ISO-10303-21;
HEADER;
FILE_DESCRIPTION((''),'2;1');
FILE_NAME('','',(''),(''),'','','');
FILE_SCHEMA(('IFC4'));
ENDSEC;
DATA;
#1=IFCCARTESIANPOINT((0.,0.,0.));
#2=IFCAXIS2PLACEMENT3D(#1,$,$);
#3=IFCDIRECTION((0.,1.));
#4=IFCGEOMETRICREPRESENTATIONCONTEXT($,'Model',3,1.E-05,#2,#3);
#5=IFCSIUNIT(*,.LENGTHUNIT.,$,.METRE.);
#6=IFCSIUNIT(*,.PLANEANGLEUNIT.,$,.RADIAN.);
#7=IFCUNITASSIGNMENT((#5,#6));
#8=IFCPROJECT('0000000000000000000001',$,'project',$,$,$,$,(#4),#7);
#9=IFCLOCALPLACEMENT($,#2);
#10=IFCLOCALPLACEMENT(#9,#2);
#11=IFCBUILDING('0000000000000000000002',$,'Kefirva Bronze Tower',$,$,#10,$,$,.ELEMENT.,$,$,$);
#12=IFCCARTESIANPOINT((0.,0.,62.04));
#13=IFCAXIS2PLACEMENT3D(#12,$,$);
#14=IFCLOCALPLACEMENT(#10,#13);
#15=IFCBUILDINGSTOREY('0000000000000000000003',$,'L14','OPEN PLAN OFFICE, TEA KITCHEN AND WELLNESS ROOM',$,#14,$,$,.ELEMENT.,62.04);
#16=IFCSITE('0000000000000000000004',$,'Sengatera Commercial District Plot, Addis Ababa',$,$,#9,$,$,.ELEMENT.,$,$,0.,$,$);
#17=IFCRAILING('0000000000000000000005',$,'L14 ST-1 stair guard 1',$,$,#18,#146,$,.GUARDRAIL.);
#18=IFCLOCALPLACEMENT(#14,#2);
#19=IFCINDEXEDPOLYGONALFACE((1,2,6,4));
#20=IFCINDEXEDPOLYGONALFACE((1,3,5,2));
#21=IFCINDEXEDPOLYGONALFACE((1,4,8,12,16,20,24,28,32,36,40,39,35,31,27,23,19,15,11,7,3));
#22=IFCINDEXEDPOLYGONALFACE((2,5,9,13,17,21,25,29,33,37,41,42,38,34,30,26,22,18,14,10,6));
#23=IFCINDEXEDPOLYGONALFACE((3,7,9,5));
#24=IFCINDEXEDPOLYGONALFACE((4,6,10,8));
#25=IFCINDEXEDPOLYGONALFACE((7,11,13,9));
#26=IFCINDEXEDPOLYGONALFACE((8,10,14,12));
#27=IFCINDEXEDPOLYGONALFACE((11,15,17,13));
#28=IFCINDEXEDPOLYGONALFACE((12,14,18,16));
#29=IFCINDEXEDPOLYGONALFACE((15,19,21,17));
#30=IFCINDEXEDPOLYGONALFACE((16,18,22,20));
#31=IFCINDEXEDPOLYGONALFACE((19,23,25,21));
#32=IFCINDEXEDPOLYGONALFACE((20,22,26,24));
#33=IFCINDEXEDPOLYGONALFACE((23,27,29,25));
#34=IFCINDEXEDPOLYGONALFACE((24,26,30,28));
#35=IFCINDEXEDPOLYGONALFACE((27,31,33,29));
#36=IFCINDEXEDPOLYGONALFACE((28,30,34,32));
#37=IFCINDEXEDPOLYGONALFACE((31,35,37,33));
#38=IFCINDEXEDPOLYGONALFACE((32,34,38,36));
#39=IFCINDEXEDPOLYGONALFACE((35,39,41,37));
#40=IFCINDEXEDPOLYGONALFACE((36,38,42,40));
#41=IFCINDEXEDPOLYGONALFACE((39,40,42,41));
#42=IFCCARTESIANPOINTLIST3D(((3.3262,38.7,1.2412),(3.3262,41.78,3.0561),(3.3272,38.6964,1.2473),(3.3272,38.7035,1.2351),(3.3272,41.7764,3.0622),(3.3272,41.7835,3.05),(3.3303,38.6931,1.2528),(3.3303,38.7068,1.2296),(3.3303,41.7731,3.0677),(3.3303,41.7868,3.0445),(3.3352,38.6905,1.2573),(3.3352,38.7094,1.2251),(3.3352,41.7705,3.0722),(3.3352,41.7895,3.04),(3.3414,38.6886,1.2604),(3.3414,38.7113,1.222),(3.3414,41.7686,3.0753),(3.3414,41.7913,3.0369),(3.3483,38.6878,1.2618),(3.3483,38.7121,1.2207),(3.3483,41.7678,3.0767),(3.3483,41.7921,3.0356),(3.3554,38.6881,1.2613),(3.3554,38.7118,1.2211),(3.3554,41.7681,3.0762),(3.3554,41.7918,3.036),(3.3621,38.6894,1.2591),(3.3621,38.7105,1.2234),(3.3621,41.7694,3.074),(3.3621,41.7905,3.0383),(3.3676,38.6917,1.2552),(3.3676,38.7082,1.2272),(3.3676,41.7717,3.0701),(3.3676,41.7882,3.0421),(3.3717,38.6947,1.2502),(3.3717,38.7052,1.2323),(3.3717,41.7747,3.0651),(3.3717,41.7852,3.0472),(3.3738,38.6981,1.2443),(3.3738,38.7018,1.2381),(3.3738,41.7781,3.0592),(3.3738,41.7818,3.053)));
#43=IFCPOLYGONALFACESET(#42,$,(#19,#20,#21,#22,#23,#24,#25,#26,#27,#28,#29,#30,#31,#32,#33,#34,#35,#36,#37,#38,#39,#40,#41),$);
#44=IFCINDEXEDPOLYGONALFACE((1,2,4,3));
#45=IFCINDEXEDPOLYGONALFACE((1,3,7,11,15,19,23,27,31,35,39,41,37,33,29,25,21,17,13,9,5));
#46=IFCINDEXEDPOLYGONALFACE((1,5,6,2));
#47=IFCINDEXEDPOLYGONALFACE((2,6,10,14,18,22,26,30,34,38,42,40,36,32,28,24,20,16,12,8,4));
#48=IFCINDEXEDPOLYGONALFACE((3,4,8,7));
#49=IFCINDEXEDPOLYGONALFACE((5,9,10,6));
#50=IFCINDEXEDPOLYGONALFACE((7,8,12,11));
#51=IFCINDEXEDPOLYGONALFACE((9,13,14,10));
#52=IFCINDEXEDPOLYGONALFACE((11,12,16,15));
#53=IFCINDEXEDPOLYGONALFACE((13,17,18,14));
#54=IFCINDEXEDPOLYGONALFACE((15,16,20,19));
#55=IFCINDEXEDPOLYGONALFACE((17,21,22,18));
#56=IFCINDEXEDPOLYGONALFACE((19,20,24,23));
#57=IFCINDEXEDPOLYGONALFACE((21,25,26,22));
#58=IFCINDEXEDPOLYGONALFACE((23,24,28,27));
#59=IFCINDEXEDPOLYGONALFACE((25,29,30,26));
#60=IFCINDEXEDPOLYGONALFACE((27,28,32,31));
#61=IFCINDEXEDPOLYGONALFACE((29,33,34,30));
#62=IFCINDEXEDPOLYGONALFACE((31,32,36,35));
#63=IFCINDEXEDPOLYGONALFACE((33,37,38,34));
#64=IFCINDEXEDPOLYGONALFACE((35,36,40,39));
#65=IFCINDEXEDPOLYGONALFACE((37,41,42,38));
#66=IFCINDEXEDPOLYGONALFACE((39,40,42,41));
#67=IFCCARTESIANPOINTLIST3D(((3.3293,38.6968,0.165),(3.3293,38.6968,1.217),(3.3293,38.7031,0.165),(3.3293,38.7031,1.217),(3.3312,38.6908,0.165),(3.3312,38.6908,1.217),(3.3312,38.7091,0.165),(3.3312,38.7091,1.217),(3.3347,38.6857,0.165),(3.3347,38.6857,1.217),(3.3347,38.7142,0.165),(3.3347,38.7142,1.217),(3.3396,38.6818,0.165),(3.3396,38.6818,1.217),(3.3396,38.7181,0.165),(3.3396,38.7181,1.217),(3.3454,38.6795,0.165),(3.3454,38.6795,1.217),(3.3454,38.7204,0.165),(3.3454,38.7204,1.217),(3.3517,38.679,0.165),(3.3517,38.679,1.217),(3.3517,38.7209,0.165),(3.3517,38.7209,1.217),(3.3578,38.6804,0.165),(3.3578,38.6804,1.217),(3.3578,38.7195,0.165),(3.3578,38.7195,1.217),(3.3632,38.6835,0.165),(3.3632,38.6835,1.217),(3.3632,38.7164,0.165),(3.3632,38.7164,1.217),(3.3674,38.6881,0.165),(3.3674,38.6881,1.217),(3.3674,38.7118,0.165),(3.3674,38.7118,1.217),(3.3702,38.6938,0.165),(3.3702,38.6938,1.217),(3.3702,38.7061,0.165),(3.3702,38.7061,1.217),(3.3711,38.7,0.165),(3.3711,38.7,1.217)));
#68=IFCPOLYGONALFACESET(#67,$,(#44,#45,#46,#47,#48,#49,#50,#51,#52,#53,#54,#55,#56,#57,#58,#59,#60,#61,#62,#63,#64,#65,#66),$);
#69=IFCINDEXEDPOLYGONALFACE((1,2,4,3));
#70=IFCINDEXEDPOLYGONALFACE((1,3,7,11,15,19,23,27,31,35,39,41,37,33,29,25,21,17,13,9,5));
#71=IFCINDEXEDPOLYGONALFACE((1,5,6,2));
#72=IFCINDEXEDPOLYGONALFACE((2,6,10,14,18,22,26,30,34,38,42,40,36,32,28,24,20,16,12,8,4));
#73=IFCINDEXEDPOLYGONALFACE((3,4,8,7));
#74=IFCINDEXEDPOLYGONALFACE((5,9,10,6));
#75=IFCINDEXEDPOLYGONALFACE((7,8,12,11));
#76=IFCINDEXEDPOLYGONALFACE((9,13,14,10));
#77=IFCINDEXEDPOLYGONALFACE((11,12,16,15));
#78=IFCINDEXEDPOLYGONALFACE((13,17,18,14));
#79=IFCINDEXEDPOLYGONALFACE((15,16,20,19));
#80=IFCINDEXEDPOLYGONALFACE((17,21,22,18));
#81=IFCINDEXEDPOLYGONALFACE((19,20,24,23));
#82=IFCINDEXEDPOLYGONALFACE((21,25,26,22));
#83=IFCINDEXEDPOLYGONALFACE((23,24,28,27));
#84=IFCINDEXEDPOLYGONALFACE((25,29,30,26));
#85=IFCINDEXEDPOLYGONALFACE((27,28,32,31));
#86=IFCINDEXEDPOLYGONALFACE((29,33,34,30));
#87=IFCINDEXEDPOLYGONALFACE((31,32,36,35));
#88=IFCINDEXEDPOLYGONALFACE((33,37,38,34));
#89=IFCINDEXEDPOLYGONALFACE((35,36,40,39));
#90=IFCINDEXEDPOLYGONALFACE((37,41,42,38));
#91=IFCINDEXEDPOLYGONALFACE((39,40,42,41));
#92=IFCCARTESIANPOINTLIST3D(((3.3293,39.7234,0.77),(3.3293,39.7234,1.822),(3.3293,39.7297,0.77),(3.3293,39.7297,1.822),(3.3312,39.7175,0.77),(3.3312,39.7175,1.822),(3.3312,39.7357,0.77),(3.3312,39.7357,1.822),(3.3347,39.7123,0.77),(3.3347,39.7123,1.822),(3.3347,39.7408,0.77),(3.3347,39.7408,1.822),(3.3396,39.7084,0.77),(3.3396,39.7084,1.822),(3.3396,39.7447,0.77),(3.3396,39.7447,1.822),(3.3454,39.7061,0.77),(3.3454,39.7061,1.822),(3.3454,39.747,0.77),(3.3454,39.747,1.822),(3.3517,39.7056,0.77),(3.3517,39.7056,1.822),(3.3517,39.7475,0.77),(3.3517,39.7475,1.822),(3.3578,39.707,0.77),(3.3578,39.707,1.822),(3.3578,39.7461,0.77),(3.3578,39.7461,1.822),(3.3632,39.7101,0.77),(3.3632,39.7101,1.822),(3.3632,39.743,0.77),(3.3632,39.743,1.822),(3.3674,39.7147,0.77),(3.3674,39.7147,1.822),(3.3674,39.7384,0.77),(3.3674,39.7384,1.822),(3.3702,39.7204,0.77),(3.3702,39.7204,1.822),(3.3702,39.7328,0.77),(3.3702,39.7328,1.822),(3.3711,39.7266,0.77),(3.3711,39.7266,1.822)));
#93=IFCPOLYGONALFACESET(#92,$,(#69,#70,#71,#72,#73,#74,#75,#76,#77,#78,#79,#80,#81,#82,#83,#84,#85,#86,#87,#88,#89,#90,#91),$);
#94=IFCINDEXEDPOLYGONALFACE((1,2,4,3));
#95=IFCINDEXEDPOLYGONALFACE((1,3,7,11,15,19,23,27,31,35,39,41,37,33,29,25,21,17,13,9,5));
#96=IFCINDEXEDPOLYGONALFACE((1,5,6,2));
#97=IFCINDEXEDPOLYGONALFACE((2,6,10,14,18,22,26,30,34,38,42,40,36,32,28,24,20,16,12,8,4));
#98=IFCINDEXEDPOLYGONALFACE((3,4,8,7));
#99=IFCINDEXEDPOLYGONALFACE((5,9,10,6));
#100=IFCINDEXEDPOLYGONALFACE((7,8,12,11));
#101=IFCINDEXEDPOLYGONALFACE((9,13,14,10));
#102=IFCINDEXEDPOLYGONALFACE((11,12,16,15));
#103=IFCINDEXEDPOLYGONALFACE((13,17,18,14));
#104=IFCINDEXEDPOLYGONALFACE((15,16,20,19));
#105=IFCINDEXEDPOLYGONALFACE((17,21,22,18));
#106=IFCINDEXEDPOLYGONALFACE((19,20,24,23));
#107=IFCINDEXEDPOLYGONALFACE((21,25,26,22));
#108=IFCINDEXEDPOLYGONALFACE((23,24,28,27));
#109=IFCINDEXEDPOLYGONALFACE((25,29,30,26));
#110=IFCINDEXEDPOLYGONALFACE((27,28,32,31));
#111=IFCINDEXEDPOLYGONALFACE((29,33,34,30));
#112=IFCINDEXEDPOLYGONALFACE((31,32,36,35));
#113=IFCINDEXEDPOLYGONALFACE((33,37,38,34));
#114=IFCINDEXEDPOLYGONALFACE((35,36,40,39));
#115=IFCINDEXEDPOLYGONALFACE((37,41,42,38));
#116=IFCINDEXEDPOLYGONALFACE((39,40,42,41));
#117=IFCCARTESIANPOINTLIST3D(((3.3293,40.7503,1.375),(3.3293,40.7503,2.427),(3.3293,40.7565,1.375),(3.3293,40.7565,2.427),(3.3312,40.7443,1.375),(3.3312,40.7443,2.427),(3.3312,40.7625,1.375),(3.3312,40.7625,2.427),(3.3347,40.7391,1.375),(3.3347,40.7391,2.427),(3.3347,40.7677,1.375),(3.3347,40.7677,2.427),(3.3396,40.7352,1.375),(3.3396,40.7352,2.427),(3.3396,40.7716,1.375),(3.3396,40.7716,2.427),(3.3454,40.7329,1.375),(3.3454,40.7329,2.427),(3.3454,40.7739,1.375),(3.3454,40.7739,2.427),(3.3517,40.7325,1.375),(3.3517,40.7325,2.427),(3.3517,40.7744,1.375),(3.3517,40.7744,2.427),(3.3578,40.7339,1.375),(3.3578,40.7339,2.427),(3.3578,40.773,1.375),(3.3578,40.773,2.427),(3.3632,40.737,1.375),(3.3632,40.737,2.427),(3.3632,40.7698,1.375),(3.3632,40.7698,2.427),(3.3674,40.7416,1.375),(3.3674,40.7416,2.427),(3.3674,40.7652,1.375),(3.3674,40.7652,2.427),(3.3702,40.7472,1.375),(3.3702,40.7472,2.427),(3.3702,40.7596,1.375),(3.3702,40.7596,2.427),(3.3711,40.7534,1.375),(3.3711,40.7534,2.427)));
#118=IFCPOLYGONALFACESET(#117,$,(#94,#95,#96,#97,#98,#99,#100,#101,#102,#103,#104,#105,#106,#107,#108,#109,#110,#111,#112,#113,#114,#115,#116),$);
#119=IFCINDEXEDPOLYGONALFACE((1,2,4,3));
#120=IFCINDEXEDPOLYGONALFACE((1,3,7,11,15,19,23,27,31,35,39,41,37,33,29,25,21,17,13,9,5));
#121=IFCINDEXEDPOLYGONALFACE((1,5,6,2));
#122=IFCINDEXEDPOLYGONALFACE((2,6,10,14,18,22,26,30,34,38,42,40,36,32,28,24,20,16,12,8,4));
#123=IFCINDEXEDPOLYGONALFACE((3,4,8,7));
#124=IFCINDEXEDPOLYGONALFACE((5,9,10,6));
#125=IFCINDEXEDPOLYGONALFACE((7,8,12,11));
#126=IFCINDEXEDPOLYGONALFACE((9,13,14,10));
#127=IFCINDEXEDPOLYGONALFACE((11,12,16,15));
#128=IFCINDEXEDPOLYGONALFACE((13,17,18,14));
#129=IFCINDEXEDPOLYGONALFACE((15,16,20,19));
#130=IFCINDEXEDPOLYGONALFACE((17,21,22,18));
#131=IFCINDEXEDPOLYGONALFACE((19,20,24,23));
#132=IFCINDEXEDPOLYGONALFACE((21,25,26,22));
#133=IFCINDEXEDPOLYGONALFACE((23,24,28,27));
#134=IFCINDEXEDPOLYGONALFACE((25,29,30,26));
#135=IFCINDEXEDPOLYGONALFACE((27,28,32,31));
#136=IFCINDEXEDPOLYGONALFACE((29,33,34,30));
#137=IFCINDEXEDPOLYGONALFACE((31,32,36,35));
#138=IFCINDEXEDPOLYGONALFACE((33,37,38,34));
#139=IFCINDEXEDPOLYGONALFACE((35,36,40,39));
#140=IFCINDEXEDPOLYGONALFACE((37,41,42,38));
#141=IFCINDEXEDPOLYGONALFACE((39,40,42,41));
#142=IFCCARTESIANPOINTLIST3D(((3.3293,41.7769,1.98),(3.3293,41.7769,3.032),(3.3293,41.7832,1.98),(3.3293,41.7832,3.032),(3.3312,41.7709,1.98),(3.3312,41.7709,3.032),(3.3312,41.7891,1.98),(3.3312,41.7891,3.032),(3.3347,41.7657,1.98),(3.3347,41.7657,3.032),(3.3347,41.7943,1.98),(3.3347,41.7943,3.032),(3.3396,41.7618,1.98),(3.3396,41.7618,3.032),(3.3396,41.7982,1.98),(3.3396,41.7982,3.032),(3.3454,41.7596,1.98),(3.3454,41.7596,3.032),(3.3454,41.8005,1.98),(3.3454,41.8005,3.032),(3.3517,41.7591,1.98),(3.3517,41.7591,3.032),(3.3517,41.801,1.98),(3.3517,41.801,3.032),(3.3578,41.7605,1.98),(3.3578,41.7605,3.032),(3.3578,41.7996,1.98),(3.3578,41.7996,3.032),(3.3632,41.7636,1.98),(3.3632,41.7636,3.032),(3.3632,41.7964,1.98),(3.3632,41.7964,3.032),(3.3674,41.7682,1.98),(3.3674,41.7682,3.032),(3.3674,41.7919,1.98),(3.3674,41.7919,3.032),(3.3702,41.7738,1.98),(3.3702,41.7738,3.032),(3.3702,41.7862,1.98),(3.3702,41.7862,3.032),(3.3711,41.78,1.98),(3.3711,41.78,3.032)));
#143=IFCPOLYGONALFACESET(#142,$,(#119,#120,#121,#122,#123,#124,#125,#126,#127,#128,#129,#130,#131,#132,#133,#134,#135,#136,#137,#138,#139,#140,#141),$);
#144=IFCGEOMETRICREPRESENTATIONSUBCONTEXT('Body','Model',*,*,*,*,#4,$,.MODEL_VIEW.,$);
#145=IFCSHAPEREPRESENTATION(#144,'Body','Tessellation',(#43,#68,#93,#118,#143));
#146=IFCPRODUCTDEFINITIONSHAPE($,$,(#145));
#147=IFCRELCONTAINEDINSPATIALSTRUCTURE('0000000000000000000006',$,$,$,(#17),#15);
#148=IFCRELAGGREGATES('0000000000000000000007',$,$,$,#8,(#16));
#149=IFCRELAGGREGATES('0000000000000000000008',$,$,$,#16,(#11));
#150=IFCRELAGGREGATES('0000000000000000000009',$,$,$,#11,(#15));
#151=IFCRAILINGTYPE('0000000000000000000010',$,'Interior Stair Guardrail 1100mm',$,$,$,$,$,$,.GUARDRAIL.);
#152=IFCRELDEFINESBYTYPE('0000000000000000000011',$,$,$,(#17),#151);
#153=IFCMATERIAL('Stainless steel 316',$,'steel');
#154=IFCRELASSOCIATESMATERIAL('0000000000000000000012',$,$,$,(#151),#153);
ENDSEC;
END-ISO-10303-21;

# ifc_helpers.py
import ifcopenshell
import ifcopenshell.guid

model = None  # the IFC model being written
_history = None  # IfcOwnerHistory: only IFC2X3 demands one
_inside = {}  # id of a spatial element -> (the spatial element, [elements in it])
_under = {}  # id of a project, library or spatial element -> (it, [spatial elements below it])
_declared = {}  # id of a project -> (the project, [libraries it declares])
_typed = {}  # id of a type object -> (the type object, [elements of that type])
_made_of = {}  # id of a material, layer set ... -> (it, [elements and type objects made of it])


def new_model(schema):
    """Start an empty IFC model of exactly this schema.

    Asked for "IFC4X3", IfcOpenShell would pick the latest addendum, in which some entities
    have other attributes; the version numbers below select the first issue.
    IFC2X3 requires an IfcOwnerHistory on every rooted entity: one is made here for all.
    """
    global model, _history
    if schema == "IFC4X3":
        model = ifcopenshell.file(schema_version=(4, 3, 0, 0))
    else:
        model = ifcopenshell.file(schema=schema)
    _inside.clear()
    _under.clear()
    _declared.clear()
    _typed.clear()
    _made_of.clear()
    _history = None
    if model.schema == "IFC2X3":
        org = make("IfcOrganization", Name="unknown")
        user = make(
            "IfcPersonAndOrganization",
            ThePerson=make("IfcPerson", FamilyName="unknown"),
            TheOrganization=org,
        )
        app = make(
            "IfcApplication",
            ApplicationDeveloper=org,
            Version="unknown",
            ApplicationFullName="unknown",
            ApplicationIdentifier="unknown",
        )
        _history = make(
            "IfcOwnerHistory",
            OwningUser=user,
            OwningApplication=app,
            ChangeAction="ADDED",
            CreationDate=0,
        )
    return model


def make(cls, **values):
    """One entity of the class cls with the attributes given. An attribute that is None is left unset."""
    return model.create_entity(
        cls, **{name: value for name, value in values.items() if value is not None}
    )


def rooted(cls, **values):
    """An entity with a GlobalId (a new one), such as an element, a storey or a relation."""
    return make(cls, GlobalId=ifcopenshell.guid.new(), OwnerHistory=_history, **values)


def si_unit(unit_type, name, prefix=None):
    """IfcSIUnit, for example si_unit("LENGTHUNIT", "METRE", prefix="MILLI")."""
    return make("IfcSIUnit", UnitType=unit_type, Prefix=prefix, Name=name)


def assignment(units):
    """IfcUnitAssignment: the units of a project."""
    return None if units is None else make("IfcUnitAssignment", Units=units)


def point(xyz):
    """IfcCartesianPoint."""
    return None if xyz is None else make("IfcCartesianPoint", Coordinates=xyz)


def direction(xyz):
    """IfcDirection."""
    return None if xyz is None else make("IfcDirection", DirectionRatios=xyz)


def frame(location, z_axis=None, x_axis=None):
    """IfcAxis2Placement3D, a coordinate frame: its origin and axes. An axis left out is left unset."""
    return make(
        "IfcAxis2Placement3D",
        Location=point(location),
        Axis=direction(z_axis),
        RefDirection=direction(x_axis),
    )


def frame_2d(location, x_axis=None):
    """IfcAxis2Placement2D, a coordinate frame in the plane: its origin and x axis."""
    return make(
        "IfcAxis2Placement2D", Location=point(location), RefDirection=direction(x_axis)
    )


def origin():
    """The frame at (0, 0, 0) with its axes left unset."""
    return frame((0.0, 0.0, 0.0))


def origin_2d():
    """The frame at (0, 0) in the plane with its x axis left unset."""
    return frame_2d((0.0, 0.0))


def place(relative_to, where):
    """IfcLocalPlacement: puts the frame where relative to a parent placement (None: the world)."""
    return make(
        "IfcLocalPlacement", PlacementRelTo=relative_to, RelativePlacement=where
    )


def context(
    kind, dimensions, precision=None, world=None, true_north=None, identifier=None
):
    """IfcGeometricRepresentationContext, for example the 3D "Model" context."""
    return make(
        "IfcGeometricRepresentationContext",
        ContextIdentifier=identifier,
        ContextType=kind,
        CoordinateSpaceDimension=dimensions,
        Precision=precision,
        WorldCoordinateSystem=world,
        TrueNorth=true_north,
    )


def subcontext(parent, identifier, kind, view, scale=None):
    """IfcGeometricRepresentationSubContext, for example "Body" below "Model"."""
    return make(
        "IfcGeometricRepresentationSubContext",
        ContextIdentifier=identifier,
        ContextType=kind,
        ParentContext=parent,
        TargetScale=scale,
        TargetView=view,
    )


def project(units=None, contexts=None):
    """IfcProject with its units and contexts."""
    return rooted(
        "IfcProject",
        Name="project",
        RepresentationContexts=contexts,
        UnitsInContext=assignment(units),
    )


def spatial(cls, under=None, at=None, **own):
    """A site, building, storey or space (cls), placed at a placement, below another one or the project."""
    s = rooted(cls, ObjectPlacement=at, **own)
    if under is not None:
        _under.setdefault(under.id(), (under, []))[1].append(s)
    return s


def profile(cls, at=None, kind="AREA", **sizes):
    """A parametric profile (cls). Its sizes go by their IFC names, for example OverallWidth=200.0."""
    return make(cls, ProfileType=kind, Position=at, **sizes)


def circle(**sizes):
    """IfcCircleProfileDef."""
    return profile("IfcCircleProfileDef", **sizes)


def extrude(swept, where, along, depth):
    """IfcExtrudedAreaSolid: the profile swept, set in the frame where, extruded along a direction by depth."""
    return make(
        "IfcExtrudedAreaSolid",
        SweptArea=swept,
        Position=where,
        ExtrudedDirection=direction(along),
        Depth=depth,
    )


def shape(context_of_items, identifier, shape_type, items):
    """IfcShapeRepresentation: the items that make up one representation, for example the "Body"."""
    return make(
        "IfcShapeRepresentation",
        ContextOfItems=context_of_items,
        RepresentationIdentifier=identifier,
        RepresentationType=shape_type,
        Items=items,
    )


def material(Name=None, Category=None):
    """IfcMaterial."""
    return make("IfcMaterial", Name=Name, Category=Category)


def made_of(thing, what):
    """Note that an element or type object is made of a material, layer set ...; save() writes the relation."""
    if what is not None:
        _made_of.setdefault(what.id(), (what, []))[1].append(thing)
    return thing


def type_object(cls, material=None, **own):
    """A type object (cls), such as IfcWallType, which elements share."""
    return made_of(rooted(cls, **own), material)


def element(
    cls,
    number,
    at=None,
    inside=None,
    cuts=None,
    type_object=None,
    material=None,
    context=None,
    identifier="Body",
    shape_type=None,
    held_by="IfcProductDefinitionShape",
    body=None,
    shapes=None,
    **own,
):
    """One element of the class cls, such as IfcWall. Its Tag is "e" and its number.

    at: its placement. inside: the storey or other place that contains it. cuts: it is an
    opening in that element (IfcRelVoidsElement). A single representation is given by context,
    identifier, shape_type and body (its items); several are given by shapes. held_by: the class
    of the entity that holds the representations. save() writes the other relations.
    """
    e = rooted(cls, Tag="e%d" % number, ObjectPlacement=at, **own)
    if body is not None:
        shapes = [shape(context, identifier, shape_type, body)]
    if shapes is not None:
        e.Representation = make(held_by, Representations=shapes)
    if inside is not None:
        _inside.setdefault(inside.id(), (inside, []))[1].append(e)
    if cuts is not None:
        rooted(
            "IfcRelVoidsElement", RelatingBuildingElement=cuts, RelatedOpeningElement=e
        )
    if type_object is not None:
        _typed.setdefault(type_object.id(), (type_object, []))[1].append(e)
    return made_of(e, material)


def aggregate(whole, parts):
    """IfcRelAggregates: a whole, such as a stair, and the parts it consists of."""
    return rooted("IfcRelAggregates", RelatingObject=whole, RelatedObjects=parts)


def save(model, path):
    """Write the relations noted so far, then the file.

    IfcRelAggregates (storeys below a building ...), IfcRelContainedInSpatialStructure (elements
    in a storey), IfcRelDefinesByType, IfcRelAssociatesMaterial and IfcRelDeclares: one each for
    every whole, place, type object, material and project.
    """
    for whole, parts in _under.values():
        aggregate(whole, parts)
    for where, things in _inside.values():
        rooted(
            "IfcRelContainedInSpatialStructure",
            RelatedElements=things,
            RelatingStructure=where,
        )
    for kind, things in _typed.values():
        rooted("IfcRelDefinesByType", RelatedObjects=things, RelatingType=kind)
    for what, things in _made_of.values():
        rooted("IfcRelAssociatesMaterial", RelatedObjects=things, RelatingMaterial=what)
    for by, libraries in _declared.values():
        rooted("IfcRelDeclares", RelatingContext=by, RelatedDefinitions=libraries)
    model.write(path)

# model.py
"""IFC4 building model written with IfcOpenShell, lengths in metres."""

from ifc_helpers import new_model, si_unit, direction, frame, origin, origin_2d, place, context, subcontext, project, spatial, circle, extrude, material, type_object, element, save


model = new_model("IFC4")

# Units and contexts
model_context = context("Model", 3, precision=1e-05, world=origin(), true_north=direction((0.0, 1.0)))
body_context = subcontext(model_context, "Body", "Model", "MODEL_VIEW")
ifc_project = project(units=[si_unit("LENGTHUNIT", "METRE"), si_unit("PLANEANGLEUNIT", "RADIAN")], contexts=[model_context])

# Site, building, storey
site_placement = place(None, origin())
site = spatial("IfcSite", under=ifc_project, at=site_placement, Name="Sengatera Commercial District Plot, Addis Ababa", CompositionType="ELEMENT", RefElevation=0.0)
building_placement = place(site_placement, origin())
building = spatial("IfcBuilding", under=site, at=building_placement, Name="Kefirva Bronze Tower", CompositionType="ELEMENT")
storey_placement = place(building_placement, frame((0.0, 0.0, 62.04)))
storey = spatial("IfcBuildingStorey", under=building, at=storey_placement, Name="L14", Description="OPEN PLAN OFFICE, TEA KITCHEN AND WELLNESS ROOM", CompositionType="ELEMENT", Elevation=62.04)

# Railing
ifc_material_1 = material(Name="Stainless steel 316", Category="steel")
railing_type_1 = type_object("IfcRailingType", Name="Interior Stair Guardrail 1100mm", PredefinedType="GUARDRAIL", material=ifc_material_1)
railing_1_placement = place(storey_placement, frame((3.3501, 38.7, 0.165)))
element("IfcRailing", 1, at=railing_1_placement, inside=storey, type_object=railing_type_1, Name="L14 ST-1 stair guard 1", PredefinedType="GUARDRAIL", context=body_context, shape_type="SweptSolid", body=[
    extrude(circle(Radius=0.0239, at=origin_2d()), frame((0.0, 0.0, 1.0762), z_axis=(0.0, 0.861551, 0.507671), x_axis=(-1.0, 0.0, 0.0)), (0.0, 0.0, 1.0), 3.575),
    extrude(circle(Radius=0.021, at=origin_2d()), origin(), (0.0, 0.0, 1.0), 1.052),
    extrude(circle(Radius=0.021, at=origin_2d()), frame((0.0, 1.0266, 0.605)), (0.0, 0.0, 1.0), 1.052),
    extrude(circle(Radius=0.021, at=origin_2d()), frame((0.0, 2.0535, 1.21)), (0.0, 0.0, 1.0), 1.052),
    extrude(circle(Radius=0.021, at=origin_2d()), frame((0.0, 3.0801, 1.8149)), (0.0, 0.0, 1.0), 1.052),
])

save(model, "model.ifc")
